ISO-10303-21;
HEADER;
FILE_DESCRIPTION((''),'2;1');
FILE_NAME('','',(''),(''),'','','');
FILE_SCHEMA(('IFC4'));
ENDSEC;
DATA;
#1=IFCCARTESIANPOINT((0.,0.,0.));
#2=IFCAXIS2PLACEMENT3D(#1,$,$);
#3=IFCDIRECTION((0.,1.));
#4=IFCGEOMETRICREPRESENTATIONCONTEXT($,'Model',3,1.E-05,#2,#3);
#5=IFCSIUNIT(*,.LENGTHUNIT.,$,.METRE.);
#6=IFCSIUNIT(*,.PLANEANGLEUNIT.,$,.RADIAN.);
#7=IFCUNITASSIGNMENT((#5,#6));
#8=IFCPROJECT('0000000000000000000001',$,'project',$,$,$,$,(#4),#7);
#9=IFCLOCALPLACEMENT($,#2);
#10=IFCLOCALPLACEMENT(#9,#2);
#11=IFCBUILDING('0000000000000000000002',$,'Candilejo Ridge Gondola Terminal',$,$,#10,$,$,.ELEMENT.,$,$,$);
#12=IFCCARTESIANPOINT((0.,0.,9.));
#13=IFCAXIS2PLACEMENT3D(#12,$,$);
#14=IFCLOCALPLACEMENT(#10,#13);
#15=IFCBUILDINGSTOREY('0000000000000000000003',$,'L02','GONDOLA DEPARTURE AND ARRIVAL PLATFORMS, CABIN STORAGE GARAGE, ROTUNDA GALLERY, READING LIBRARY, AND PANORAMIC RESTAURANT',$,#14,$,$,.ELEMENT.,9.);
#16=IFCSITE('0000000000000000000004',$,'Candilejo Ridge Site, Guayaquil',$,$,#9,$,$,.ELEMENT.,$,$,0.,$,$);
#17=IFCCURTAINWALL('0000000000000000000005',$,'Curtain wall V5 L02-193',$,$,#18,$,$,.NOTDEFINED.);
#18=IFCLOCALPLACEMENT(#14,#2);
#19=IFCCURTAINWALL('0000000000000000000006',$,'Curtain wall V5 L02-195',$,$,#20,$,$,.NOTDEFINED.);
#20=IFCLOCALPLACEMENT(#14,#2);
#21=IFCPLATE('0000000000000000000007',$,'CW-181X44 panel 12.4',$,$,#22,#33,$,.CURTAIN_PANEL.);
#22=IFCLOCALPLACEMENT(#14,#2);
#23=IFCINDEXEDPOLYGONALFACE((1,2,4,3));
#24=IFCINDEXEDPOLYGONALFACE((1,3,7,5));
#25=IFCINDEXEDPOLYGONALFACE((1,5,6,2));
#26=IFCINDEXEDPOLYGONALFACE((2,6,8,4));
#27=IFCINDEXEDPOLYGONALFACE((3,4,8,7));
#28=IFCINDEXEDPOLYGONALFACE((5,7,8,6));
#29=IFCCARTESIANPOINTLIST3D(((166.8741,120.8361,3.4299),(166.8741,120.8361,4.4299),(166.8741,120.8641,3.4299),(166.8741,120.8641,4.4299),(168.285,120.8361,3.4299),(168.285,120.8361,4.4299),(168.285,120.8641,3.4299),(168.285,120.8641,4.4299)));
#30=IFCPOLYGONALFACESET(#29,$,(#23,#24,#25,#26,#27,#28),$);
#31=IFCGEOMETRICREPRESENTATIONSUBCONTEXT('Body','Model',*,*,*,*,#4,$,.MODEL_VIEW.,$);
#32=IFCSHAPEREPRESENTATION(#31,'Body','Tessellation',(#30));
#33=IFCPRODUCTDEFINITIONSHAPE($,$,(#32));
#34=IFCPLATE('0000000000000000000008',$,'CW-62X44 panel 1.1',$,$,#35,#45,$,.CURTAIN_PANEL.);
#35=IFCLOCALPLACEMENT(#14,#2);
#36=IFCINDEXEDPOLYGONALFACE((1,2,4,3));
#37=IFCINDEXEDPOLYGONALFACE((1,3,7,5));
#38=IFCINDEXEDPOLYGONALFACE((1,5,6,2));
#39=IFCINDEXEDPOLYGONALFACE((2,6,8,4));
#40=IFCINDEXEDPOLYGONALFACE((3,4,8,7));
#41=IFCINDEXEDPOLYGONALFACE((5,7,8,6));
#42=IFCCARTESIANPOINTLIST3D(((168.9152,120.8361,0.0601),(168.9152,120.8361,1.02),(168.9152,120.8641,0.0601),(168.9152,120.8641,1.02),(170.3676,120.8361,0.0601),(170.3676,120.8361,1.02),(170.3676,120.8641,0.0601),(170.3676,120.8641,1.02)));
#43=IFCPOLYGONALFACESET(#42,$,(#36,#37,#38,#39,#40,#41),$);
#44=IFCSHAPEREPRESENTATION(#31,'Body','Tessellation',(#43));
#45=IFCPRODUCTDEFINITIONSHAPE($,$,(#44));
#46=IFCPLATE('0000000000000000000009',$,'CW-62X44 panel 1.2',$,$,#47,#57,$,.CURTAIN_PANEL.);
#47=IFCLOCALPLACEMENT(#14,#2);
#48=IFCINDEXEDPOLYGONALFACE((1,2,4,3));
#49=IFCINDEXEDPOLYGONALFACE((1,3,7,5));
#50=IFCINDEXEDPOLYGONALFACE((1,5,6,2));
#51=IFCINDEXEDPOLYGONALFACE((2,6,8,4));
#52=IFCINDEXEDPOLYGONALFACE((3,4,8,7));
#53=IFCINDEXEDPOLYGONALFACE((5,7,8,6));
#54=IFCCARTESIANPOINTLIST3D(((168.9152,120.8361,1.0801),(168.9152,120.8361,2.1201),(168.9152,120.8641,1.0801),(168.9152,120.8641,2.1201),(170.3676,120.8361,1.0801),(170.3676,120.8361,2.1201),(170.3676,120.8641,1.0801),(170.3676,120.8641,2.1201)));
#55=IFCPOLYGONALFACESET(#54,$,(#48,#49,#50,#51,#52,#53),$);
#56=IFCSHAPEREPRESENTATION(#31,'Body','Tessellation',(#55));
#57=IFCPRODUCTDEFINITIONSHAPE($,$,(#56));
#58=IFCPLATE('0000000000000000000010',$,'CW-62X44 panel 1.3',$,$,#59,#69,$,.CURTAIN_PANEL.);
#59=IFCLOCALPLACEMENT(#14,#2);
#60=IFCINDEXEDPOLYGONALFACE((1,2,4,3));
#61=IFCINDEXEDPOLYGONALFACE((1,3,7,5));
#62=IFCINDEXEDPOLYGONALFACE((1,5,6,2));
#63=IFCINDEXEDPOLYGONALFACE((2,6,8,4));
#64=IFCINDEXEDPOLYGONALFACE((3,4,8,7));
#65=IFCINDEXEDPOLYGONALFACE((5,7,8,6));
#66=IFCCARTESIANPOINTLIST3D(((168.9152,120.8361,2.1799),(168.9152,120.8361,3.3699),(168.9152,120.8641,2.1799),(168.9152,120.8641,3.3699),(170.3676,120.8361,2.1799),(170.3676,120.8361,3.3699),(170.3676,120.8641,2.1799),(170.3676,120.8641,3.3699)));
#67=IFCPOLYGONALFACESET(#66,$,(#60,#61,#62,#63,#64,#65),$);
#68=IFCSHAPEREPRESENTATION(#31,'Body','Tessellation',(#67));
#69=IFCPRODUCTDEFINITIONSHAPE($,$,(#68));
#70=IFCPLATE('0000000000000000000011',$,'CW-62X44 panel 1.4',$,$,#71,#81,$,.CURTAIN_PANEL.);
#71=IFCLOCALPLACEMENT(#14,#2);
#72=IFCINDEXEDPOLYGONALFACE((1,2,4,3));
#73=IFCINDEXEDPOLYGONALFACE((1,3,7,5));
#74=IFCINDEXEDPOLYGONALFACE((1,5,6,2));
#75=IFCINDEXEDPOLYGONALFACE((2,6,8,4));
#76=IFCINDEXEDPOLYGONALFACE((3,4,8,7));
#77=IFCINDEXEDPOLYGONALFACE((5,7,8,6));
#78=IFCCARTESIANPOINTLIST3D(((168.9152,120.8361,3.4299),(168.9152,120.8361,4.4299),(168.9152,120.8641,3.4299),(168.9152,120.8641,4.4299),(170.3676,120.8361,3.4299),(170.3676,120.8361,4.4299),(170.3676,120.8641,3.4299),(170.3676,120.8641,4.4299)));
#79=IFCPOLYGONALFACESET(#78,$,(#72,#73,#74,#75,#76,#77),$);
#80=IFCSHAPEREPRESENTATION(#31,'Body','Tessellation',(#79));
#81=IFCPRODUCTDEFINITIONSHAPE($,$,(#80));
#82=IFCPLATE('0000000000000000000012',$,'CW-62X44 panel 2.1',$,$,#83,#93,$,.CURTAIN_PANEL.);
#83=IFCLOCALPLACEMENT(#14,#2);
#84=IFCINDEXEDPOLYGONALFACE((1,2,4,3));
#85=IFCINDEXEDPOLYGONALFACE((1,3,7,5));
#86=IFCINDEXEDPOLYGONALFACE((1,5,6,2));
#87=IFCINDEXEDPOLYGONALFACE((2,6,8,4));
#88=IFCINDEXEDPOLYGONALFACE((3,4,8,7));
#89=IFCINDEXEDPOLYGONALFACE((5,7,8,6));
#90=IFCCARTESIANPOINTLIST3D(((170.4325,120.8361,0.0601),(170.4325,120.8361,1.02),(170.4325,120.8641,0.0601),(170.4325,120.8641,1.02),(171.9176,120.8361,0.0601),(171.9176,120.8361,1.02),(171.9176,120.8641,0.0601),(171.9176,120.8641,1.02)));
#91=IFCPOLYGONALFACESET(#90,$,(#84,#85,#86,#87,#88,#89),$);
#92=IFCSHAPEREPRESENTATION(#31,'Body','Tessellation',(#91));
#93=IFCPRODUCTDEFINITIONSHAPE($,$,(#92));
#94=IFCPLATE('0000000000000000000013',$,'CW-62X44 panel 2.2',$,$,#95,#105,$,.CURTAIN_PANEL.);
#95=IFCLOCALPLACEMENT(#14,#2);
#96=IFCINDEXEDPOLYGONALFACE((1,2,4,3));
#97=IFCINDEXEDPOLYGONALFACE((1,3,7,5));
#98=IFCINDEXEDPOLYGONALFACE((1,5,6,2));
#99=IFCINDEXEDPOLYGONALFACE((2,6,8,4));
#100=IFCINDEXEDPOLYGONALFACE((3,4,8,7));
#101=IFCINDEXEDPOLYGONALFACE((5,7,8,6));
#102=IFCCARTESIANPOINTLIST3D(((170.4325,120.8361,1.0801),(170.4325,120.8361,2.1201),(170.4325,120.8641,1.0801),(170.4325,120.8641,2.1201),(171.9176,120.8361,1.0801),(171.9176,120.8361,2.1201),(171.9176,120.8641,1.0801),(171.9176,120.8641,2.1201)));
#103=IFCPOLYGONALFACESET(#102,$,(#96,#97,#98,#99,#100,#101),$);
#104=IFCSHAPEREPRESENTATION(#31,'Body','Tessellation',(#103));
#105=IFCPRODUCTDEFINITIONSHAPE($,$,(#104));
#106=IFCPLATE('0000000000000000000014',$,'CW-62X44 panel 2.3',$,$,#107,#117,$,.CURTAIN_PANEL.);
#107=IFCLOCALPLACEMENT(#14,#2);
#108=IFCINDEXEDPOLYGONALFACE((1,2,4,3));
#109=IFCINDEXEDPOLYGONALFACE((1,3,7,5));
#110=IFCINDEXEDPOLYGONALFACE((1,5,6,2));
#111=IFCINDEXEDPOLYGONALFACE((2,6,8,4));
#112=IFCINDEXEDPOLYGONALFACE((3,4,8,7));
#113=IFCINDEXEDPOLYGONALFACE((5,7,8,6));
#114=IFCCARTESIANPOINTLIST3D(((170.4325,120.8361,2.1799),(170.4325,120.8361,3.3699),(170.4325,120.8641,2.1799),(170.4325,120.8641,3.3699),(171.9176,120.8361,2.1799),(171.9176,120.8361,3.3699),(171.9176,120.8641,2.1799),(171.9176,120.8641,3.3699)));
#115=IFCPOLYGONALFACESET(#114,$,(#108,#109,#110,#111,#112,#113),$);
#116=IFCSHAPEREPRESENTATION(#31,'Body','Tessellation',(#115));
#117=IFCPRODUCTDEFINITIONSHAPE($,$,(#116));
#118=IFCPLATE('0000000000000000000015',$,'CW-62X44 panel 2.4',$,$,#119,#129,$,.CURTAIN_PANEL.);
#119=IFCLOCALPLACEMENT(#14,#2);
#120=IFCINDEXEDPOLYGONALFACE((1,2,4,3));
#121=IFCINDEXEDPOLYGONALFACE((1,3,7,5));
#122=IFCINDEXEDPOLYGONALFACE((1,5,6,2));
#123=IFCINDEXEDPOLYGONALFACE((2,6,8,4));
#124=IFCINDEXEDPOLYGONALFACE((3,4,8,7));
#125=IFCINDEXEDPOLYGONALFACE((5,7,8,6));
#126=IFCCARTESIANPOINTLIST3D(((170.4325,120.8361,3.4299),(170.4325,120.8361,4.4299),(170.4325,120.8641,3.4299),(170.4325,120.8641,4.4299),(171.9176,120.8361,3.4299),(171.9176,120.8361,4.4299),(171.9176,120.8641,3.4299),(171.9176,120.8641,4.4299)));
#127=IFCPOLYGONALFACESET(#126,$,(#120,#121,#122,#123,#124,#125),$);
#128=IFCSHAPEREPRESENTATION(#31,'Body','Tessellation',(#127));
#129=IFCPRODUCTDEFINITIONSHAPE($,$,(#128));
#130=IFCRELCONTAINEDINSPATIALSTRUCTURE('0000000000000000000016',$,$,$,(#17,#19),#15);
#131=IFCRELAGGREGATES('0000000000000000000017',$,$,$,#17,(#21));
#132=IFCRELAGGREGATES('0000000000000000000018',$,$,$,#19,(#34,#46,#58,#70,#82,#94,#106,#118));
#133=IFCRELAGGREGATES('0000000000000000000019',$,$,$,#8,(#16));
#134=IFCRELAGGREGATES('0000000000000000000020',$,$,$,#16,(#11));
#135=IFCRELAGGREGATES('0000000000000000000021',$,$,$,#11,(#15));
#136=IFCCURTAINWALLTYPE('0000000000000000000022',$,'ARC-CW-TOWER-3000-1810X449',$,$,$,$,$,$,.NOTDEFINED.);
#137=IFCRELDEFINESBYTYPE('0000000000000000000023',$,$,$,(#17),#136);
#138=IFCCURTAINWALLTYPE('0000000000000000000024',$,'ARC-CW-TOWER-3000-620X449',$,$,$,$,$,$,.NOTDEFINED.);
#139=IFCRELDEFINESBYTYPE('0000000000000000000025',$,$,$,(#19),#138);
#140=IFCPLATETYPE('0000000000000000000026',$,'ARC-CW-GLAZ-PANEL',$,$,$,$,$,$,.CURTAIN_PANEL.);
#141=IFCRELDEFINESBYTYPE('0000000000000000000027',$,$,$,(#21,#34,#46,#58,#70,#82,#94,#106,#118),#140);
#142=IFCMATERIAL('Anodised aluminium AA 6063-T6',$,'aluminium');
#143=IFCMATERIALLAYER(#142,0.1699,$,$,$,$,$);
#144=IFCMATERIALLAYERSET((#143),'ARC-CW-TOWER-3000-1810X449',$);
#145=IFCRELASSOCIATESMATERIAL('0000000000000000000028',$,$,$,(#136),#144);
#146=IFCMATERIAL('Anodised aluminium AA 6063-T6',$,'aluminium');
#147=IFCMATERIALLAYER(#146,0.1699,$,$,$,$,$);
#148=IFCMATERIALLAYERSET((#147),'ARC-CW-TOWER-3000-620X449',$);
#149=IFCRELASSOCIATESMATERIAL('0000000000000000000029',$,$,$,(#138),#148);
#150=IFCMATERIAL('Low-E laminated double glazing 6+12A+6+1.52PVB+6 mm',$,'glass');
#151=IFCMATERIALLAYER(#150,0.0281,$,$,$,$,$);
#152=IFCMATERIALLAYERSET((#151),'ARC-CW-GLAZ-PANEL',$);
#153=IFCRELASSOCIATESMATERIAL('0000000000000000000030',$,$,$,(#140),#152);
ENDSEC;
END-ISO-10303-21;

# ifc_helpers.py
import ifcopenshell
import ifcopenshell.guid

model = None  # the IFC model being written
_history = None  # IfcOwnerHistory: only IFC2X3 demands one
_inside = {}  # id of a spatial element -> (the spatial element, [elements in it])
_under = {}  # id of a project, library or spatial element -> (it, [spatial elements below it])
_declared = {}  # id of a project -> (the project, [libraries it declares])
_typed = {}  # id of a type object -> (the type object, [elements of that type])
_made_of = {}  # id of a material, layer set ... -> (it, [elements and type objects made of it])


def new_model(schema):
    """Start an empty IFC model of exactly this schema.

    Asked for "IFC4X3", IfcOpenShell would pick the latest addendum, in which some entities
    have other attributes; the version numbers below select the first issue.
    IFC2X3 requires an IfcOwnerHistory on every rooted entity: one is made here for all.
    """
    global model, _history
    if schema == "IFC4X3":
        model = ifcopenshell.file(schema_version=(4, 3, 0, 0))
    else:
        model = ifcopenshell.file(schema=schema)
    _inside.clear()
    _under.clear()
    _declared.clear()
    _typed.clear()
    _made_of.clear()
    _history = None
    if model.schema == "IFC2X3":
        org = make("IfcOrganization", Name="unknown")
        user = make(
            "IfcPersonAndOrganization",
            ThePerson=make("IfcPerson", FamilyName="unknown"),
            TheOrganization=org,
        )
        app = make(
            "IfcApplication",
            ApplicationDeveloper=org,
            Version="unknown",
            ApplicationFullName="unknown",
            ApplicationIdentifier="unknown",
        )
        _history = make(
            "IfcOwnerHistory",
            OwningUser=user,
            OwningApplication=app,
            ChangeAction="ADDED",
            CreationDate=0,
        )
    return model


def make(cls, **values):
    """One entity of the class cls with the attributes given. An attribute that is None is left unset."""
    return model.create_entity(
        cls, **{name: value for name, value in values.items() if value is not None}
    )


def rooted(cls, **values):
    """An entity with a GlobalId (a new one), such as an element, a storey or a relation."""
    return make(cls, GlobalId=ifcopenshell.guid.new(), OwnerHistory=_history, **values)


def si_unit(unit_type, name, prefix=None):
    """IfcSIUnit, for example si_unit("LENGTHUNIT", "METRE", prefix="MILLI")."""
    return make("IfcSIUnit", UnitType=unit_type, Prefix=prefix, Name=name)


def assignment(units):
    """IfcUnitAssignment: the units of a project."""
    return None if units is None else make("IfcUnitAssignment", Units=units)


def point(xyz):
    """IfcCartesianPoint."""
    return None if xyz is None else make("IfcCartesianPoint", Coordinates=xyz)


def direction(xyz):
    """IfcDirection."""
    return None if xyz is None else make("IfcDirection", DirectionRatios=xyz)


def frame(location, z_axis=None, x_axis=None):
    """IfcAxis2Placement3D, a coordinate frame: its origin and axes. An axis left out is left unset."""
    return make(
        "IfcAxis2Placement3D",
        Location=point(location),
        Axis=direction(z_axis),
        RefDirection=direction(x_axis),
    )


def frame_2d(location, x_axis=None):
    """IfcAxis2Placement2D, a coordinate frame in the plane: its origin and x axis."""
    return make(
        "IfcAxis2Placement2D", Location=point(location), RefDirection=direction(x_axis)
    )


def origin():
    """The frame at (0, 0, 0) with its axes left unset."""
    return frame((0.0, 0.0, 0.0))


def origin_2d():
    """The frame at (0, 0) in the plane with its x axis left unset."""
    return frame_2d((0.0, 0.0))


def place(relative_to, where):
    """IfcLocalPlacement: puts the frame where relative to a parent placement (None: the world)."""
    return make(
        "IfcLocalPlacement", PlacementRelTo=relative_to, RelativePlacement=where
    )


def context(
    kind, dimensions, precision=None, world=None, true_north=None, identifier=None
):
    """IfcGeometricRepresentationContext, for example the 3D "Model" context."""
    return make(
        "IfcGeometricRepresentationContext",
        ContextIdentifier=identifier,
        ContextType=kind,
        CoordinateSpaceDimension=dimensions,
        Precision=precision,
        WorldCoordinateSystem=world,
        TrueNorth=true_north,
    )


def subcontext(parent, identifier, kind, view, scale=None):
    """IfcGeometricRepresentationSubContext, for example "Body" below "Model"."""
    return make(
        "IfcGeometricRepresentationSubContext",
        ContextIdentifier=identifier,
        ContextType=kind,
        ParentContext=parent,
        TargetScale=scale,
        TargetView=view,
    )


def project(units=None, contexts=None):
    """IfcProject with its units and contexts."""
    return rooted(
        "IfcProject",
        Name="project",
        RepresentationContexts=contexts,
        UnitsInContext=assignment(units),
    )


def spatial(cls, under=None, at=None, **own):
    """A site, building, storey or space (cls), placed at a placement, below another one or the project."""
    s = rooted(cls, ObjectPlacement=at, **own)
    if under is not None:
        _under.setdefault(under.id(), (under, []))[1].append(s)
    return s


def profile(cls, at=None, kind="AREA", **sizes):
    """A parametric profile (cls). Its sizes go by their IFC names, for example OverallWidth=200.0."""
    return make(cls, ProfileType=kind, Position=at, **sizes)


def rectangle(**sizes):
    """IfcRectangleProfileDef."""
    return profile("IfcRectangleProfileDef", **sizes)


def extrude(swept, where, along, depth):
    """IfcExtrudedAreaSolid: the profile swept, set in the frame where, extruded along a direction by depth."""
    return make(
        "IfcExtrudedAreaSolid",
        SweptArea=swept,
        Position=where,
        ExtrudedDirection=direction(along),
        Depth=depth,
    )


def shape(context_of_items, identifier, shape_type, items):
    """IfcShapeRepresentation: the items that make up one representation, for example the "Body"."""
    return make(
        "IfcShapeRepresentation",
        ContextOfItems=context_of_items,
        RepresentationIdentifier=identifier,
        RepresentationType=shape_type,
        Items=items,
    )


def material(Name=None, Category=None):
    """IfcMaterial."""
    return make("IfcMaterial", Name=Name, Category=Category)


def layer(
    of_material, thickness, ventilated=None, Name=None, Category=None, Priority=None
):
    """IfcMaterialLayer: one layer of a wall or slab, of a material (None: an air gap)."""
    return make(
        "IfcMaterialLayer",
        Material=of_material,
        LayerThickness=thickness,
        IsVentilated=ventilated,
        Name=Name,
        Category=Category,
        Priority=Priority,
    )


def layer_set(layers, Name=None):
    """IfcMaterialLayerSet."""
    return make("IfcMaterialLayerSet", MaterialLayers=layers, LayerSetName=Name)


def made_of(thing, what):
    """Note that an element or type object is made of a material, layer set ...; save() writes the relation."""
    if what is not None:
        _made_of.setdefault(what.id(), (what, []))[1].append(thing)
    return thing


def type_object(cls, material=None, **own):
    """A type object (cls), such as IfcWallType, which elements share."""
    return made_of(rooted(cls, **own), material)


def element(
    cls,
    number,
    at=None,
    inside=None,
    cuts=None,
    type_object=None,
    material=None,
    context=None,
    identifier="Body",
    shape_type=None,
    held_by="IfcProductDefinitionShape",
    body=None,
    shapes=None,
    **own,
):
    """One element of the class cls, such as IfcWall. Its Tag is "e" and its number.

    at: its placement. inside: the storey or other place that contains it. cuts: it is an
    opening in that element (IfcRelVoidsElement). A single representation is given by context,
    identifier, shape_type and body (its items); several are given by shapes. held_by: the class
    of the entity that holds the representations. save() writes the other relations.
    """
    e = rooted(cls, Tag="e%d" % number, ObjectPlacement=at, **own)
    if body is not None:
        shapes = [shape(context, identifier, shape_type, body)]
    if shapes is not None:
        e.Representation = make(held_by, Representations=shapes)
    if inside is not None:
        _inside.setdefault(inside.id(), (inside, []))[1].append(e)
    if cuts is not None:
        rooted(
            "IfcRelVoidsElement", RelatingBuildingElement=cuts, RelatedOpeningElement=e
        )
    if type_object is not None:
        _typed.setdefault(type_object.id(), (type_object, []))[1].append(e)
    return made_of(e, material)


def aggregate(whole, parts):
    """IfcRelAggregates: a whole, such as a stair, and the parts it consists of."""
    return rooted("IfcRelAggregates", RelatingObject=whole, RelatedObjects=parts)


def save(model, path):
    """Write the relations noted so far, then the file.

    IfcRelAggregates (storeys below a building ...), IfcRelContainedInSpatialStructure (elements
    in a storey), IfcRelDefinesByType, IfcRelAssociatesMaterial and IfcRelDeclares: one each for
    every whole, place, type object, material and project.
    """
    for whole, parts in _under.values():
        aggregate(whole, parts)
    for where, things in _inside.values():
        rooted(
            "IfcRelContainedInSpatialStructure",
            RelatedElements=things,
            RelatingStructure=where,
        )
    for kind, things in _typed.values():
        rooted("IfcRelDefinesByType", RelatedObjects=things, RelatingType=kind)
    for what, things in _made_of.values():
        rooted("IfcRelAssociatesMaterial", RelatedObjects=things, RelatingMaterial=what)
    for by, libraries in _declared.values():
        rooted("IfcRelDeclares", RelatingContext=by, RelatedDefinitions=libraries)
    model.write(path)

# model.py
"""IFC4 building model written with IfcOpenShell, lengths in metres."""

from ifc_helpers import new_model, si_unit, direction, frame, origin, origin_2d, place, context, subcontext, project, spatial, rectangle, extrude, material, layer, layer_set, type_object, element, aggregate, save


model = new_model("IFC4")

# Units and contexts
model_context = context("Model", 3, precision=1e-05, world=origin(), true_north=direction((0.0, 1.0)))
body_context = subcontext(model_context, "Body", "Model", "MODEL_VIEW")
ifc_project = project(units=[si_unit("LENGTHUNIT", "METRE"), si_unit("PLANEANGLEUNIT", "RADIAN")], contexts=[model_context])

# Site, building, storey
site_placement = place(None, origin())
site = spatial("IfcSite", under=ifc_project, at=site_placement, Name="Candilejo Ridge Site, Guayaquil", CompositionType="ELEMENT", RefElevation=0.0)
building_placement = place(site_placement, origin())
building = spatial("IfcBuilding", under=site, at=building_placement, Name="Candilejo Ridge Gondola Terminal", CompositionType="ELEMENT")
storey_placement = place(building_placement, frame((0.0, 0.0, 9.0)))
storey = spatial("IfcBuildingStorey", under=building, at=storey_placement, Name="L02", Description="GONDOLA DEPARTURE AND ARRIVAL PLATFORMS, CABIN STORAGE GARAGE, ROTUNDA GALLERY, READING LIBRARY, AND PANORAMIC RESTAURANT", CompositionType="ELEMENT", Elevation=9.0)

# Curtain wall
ifc_material_1 = material(Name="Anodised aluminium AA 6063-T6", Category="aluminium")
ifc_layer_1 = layer(ifc_material_1, 0.1699)
ifc_layer_set_1 = layer_set([ifc_layer_1], Name="ARC-CW-TOWER-3000-1810X449")
curtain_wall_type_1 = type_object("IfcCurtainWallType", Name="ARC-CW-TOWER-3000-1810X449", PredefinedType="NOTDEFINED", material=ifc_layer_set_1)
curtain_wall_1_placement = place(storey_placement, origin())
curtain_wall_1 = element("IfcCurtainWall", 1, at=curtain_wall_1_placement, inside=storey, type_object=curtain_wall_type_1, Name="Curtain wall V5 L02-193", PredefinedType="NOTDEFINED")

# Curtain wall
ifc_material_2 = material(Name="Anodised aluminium AA 6063-T6", Category="aluminium")
ifc_layer_2 = layer(ifc_material_2, 0.1699)
ifc_layer_set_2 = layer_set([ifc_layer_2], Name="ARC-CW-TOWER-3000-620X449")
curtain_wall_type_2 = type_object("IfcCurtainWallType", Name="ARC-CW-TOWER-3000-620X449", PredefinedType="NOTDEFINED", material=ifc_layer_set_2)
curtain_wall_2_placement = place(storey_placement, origin())
curtain_wall_2 = element("IfcCurtainWall", 2, at=curtain_wall_2_placement, inside=storey, type_object=curtain_wall_type_2, Name="Curtain wall V5 L02-195", PredefinedType="NOTDEFINED")

# Plates
ifc_material_3 = material(Name="Low-E laminated double glazing 6+12A+6+1.52PVB+6 mm", Category="glass")
ifc_layer_3 = layer(ifc_material_3, 0.0281)
ifc_layer_set_3 = layer_set([ifc_layer_3], Name="ARC-CW-GLAZ-PANEL")
plate_type = type_object("IfcPlateType", Name="ARC-CW-GLAZ-PANEL", PredefinedType="CURTAIN_PANEL", material=ifc_layer_set_3)
plate_1_placement = place(storey_placement, frame((167.5796, 120.8501, 3.4299), z_axis=(0.0, 0.0, 1.0), x_axis=(1.0, 0.0, 0.0)))
plate_1 = element("IfcPlate", 3, at=plate_1_placement, type_object=plate_type, Name="CW-181X44 panel 12.4", PredefinedType="CURTAIN_PANEL", context=body_context, shape_type="SweptSolid", body=[
    extrude(rectangle(XDim=1.4109, YDim=0.0281, at=origin_2d()), origin(), (0.0, 0.0, 1.0), 1.0),
])
aggregate(curtain_wall_1, [plate_1])
plate_2_placement = place(storey_placement, frame((169.6414, 120.8501, 0.0601), z_axis=(0.0, 0.0, 1.0), x_axis=(1.0, 0.0, 0.0)))
plate_2 = element("IfcPlate", 4, at=plate_2_placement, type_object=plate_type, Name="CW-62X44 panel 1.1", PredefinedType="CURTAIN_PANEL", context=body_context, shape_type="SweptSolid", body=[
    extrude(rectangle(XDim=1.4524, YDim=0.0281, at=origin_2d()), origin(), (0.0, 0.0, 1.0), 0.96),
])
plate_3_placement = place(storey_placement, frame((169.6414, 120.8501, 1.0801), z_axis=(0.0, 0.0, 1.0), x_axis=(1.0, 0.0, 0.0)))
plate_3 = element("IfcPlate", 5, at=plate_3_placement, type_object=plate_type, Name="CW-62X44 panel 1.2", PredefinedType="CURTAIN_PANEL", context=body_context, shape_type="SweptSolid", body=[
    extrude(rectangle(XDim=1.4524, YDim=0.0281, at=origin_2d()), origin(), (0.0, 0.0, 1.0), 1.04),
])
plate_4_placement = place(storey_placement, frame((169.6414, 120.8501, 2.1799), z_axis=(0.0, 0.0, 1.0), x_axis=(1.0, 0.0, 0.0)))
plate_4 = element("IfcPlate", 6, at=plate_4_placement, type_object=plate_type, Name="CW-62X44 panel 1.3", PredefinedType="CURTAIN_PANEL", context=body_context, shape_type="SweptSolid", body=[
    extrude(rectangle(XDim=1.4524, YDim=0.0281, at=origin_2d()), origin(), (0.0, 0.0, 1.0), 1.1899),
])
plate_5_placement = place(storey_placement, frame((169.6414, 120.8501, 3.4299), z_axis=(0.0, 0.0, 1.0), x_axis=(1.0, 0.0, 0.0)))
plate_5 = element("IfcPlate", 7, at=plate_5_placement, type_object=plate_type, Name="CW-62X44 panel 1.4", PredefinedType="CURTAIN_PANEL", context=body_context, shape_type="SweptSolid", body=[
    extrude(rectangle(XDim=1.4524, YDim=0.0281, at=origin_2d()), origin(), (0.0, 0.0, 1.0), 1.0),
])
plate_6_placement = place(storey_placement, frame((171.175, 120.8501, 0.0601), z_axis=(0.0, 0.0, 1.0), x_axis=(1.0, 0.0, 0.0)))
plate_6 = element("IfcPlate", 8, at=plate_6_placement, type_object=plate_type, Name="CW-62X44 panel 2.1", PredefinedType="CURTAIN_PANEL", context=body_context, shape_type="SweptSolid", body=[
    extrude(rectangle(XDim=1.4851, YDim=0.0281, at=origin_2d()), origin(), (0.0, 0.0, 1.0), 0.96),
])
plate_7_placement = place(storey_placement, frame((171.175, 120.8501, 1.0801), z_axis=(0.0, 0.0, 1.0), x_axis=(1.0, 0.0, 0.0)))
plate_7 = element("IfcPlate", 9, at=plate_7_placement, type_object=plate_type, Name="CW-62X44 panel 2.2", PredefinedType="CURTAIN_PANEL", context=body_context, shape_type="SweptSolid", body=[
    extrude(rectangle(XDim=1.4851, YDim=0.0281, at=origin_2d()), origin(), (0.0, 0.0, 1.0), 1.04),
])
plate_8_placement = place(storey_placement, frame((171.175, 120.8501, 2.1799), z_axis=(0.0, 0.0, 1.0), x_axis=(1.0, 0.0, 0.0)))
plate_8 = element("IfcPlate", 10, at=plate_8_placement, type_object=plate_type, Name="CW-62X44 panel 2.3", PredefinedType="CURTAIN_PANEL", context=body_context, shape_type="SweptSolid", body=[
    extrude(rectangle(XDim=1.4851, YDim=0.0281, at=origin_2d()), origin(), (0.0, 0.0, 1.0), 1.1899),
])
plate_9_placement = place(storey_placement, frame((171.175, 120.8501, 3.4299), z_axis=(0.0, 0.0, 1.0), x_axis=(1.0, 0.0, 0.0)))
plate_9 = element("IfcPlate", 11, at=plate_9_placement, type_object=plate_type, Name="CW-62X44 panel 2.4", PredefinedType="CURTAIN_PANEL", context=body_context, shape_type="SweptSolid", body=[
    extrude(rectangle(XDim=1.4851, YDim=0.0281, at=origin_2d()), origin(), (0.0, 0.0, 1.0), 1.0),
])
aggregate(curtain_wall_2, [plate_2, plate_3, plate_4, plate_5, plate_6, plate_7, plate_8, plate_9])

save(model, "model.ifc")
